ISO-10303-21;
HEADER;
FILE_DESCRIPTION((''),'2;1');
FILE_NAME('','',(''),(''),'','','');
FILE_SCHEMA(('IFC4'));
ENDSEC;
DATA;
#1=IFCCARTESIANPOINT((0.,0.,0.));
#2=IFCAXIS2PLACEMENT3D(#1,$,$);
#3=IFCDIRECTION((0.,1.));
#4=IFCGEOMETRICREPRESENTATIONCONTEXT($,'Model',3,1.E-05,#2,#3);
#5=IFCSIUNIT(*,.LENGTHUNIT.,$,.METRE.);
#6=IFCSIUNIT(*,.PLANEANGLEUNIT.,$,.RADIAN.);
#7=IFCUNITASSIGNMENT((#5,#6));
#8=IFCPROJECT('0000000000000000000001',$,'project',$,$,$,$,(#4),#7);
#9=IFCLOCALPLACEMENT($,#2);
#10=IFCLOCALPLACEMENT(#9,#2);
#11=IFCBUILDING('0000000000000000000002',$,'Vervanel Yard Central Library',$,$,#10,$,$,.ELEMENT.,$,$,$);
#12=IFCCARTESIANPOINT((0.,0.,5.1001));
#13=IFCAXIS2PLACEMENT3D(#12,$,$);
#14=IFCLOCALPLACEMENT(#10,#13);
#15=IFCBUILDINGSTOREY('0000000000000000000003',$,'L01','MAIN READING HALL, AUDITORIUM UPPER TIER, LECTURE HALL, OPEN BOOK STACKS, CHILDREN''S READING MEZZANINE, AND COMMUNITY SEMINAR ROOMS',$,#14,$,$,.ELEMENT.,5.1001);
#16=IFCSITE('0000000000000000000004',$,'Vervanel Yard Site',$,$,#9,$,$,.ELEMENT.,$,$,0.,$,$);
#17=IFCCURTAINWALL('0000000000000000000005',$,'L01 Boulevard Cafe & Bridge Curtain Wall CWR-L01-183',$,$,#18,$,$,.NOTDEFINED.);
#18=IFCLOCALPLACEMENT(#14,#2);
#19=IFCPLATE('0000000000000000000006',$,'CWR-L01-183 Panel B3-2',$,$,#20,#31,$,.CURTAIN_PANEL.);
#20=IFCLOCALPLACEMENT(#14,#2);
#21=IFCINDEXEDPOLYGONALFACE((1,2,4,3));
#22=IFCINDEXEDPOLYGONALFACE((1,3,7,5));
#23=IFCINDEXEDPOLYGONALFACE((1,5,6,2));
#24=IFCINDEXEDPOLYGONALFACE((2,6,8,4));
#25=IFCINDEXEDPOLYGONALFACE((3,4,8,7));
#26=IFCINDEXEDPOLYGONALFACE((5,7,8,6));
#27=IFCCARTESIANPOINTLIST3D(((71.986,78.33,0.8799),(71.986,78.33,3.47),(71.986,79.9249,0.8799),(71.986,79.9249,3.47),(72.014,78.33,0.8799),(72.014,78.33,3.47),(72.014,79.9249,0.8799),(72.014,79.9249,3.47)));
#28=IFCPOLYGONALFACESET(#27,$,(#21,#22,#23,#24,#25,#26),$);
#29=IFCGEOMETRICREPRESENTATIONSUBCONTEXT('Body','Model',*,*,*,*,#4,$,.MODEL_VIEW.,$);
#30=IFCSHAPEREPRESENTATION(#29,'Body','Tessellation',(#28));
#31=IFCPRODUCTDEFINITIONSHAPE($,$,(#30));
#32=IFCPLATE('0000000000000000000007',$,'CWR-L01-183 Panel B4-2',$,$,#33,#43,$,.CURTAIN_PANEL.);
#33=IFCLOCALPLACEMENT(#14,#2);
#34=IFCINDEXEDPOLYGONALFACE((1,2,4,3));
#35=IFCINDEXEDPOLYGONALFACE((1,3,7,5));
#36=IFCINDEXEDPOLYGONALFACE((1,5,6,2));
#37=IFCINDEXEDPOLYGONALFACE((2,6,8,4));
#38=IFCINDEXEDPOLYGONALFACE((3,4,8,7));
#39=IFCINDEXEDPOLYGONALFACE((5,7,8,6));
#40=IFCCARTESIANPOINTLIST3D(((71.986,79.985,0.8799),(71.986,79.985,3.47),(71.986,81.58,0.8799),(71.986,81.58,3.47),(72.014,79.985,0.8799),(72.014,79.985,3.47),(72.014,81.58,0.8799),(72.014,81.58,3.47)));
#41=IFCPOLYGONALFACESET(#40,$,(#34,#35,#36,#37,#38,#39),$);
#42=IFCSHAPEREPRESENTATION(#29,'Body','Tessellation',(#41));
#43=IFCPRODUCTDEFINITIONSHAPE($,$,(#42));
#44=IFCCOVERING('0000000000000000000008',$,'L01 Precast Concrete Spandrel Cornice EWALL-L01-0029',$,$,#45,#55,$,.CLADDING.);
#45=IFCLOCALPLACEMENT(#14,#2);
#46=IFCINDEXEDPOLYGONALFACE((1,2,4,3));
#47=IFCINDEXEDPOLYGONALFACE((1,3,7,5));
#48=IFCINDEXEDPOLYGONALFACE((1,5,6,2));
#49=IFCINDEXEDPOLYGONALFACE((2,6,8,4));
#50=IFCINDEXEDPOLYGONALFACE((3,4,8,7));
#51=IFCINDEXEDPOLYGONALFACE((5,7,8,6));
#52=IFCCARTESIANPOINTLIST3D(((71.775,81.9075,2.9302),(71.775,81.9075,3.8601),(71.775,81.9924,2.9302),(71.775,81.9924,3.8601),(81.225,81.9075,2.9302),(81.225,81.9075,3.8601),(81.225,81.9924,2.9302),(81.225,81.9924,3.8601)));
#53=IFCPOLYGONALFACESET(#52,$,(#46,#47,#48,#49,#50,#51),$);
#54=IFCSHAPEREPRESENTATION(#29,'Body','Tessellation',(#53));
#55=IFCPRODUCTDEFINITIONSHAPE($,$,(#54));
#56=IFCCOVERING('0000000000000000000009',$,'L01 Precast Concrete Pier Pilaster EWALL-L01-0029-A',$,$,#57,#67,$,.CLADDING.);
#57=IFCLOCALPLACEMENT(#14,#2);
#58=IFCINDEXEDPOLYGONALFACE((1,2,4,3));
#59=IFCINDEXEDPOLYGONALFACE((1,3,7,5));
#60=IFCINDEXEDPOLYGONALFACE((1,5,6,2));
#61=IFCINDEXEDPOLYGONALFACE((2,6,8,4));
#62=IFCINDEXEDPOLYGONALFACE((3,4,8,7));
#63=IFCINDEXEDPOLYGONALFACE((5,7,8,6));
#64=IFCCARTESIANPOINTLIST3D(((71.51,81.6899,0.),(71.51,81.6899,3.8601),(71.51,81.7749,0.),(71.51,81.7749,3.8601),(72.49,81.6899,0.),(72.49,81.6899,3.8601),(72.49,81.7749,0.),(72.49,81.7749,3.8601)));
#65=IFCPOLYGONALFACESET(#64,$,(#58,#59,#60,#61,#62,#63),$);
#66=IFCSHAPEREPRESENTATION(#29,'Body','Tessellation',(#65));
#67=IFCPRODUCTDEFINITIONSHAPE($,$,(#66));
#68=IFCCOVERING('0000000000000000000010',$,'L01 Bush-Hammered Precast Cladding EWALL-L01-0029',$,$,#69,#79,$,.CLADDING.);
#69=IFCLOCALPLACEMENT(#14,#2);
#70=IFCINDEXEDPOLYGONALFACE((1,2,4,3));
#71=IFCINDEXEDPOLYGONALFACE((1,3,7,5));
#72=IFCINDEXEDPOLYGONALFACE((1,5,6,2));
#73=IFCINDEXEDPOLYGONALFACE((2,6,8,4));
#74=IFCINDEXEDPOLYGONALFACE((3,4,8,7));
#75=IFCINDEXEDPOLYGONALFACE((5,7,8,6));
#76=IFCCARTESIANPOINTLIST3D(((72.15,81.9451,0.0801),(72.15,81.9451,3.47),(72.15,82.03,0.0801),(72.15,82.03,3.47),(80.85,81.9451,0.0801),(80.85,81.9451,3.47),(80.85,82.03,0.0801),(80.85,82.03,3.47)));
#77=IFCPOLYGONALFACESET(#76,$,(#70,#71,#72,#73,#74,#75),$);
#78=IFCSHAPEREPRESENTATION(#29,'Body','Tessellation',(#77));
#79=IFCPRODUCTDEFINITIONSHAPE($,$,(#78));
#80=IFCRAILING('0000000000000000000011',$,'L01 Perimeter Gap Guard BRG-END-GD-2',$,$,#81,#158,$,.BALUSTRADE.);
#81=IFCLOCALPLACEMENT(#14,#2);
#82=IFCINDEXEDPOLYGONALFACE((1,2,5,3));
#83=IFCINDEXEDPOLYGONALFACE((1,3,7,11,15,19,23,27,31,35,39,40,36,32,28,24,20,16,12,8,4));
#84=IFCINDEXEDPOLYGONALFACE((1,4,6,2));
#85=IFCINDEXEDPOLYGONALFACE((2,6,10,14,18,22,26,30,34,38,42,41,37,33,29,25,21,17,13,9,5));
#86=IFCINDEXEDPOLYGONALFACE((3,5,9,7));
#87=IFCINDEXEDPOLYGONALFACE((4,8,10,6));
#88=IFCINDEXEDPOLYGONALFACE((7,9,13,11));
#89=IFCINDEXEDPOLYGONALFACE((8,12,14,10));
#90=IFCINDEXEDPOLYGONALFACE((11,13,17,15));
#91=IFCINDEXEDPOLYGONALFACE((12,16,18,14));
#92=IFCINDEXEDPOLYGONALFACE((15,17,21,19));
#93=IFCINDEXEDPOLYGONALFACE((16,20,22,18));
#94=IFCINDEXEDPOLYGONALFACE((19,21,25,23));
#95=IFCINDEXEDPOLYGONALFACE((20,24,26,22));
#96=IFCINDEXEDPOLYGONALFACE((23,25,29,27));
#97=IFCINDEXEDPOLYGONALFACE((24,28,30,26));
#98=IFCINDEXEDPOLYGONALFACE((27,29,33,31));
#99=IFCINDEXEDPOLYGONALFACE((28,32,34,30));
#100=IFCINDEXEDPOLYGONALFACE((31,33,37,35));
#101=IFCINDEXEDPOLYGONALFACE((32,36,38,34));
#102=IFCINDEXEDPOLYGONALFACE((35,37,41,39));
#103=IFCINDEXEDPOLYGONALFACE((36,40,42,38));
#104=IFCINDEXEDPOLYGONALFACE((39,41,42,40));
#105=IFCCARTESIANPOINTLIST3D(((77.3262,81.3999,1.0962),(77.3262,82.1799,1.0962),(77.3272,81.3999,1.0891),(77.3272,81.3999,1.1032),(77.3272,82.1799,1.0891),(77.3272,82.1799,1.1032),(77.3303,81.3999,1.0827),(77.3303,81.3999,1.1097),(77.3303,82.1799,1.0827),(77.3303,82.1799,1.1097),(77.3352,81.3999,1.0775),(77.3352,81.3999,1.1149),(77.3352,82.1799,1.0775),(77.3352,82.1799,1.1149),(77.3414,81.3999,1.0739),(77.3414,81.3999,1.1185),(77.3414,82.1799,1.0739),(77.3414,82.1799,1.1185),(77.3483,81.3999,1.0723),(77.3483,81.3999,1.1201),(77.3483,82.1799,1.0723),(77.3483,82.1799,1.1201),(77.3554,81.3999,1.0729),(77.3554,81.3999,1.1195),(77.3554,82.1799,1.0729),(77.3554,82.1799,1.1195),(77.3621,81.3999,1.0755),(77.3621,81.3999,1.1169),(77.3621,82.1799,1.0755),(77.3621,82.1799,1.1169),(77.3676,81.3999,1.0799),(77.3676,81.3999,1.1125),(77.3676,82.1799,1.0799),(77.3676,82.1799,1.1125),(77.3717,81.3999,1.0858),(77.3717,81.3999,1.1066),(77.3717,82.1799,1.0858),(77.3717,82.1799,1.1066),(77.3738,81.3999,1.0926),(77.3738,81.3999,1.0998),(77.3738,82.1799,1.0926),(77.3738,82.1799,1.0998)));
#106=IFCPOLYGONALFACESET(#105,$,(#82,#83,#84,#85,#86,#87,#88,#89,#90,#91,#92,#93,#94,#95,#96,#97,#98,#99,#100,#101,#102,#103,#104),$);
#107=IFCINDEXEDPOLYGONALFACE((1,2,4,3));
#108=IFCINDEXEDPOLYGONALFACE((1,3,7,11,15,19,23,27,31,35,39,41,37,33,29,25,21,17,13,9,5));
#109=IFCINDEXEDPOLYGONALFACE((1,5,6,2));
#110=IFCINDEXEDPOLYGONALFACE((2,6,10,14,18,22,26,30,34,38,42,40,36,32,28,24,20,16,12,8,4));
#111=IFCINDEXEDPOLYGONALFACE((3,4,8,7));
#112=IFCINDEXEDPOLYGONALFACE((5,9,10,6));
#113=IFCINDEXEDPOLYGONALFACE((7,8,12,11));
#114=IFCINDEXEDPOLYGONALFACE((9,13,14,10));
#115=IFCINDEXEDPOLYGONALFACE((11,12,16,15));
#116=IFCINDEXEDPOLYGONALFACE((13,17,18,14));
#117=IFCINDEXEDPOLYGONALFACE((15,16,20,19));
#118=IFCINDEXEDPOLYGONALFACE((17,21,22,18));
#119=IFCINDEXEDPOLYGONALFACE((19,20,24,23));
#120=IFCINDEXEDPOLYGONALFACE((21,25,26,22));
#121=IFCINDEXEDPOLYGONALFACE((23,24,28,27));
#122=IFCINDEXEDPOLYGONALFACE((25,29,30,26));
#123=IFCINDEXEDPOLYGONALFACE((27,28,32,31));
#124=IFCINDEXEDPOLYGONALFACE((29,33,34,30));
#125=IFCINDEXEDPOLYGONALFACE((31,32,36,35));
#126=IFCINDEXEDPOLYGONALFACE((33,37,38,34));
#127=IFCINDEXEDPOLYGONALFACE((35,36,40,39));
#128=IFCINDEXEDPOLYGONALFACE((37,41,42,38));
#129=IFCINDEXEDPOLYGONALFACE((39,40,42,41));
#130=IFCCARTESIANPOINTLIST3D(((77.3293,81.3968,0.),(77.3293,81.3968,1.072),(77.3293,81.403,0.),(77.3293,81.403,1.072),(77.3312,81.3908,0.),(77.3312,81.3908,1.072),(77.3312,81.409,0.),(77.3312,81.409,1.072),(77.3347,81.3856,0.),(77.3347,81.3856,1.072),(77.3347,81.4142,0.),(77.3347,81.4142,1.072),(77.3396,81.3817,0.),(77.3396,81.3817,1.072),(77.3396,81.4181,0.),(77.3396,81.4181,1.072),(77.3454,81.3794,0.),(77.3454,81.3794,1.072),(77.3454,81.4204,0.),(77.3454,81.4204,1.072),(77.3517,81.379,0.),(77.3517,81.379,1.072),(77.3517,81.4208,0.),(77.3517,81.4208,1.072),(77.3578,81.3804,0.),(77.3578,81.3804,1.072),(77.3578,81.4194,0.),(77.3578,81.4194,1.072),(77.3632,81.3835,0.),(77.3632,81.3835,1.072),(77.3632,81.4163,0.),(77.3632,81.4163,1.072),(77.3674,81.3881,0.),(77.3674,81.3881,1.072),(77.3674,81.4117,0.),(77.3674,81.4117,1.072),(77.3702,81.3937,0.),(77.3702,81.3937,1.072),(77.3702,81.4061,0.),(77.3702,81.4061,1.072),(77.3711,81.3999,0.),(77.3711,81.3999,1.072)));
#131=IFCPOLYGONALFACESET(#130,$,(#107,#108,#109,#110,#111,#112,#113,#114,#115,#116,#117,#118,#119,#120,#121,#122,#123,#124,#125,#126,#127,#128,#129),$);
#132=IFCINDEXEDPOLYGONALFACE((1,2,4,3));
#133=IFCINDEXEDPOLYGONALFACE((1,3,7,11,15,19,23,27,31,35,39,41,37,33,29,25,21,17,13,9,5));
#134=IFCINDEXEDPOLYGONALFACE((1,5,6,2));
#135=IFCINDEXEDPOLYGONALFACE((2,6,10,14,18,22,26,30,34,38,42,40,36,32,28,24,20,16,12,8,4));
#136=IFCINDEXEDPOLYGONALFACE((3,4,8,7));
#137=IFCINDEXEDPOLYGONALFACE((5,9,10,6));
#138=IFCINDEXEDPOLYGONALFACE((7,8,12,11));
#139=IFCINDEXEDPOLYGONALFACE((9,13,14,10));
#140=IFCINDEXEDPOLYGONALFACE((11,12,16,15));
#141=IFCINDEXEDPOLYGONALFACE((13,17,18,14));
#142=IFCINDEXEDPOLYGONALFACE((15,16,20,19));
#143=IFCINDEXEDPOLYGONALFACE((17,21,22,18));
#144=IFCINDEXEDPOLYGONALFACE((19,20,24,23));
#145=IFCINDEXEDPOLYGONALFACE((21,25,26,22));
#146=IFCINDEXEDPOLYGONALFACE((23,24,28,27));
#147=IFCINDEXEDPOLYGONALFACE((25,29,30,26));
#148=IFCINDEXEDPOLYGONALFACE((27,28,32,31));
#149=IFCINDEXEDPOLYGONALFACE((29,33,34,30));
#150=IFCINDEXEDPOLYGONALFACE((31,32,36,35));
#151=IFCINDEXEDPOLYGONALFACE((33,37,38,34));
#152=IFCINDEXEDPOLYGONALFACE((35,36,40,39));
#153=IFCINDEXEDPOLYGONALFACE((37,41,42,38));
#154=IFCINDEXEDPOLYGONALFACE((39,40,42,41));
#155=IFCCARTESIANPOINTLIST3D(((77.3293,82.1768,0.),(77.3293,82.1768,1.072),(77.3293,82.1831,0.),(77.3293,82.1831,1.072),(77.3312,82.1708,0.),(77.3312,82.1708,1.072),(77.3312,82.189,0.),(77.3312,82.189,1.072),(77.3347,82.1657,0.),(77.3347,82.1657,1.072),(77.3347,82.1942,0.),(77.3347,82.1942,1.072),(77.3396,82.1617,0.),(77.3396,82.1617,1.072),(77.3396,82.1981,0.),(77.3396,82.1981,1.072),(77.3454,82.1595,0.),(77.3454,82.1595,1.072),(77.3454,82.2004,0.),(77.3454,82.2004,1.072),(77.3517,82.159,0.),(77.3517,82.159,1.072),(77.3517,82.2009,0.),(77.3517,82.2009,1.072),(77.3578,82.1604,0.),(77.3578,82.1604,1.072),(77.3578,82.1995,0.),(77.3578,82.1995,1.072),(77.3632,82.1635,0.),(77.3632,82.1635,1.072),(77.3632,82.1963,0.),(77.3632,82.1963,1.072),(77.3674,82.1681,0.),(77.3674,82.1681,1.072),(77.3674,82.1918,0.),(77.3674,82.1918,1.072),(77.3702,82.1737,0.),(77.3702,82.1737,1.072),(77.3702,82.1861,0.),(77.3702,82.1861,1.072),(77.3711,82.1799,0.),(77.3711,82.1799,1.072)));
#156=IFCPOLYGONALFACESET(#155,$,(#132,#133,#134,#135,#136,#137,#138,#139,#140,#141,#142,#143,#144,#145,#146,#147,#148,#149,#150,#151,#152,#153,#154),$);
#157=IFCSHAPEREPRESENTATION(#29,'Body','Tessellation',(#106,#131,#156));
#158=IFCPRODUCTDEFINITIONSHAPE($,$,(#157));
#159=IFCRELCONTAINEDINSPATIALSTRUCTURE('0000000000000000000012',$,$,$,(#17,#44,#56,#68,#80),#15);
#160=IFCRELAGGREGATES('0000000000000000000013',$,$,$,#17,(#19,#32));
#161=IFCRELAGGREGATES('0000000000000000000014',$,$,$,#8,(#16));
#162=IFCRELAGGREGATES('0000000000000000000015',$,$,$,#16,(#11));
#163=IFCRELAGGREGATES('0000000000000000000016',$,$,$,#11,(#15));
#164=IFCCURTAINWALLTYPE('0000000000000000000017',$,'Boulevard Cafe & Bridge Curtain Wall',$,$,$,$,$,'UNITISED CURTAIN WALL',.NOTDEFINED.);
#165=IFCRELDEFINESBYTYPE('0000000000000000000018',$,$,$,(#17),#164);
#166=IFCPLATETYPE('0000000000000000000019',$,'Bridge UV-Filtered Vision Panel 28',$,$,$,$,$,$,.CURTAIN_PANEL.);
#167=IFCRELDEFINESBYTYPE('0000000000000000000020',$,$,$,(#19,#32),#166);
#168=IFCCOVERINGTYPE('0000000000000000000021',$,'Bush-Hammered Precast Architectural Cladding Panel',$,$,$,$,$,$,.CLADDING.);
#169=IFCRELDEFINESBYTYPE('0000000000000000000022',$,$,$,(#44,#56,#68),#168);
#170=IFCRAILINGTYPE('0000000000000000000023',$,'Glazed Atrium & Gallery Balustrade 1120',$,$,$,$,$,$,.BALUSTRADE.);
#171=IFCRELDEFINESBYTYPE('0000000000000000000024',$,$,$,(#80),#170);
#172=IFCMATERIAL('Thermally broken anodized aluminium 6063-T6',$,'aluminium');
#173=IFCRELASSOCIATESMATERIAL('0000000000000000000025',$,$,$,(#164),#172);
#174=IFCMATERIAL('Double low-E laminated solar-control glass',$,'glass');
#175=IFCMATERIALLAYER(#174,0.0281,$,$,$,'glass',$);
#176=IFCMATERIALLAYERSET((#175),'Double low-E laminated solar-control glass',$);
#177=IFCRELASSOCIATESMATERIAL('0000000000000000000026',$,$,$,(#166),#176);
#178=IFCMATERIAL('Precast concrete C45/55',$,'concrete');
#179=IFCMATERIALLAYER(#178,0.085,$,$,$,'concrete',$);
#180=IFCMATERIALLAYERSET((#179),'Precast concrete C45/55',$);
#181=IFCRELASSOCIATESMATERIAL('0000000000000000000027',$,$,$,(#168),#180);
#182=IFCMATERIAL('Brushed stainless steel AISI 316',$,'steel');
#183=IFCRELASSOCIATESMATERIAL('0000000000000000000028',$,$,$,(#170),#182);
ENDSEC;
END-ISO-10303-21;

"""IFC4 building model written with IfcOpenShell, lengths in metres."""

from ifc_helpers import new_model, si_unit, direction, frame, origin, origin_2d, place, context, subcontext, project, spatial, rectangle, circle, extrude, material, layer, layer_set, type_object, element, aggregate, save


model = new_model("IFC4")

# Units and contexts
model_context = context("Model", 3, precision=1e-05, world=origin(), true_north=direction((0.0, 1.0)))
body_context = subcontext(model_context, "Body", "Model", "MODEL_VIEW")
ifc_project = project(units=[si_unit("LENGTHUNIT", "METRE"), si_unit("PLANEANGLEUNIT", "RADIAN")], contexts=[model_context])

# Site, building, storey
site_placement = place(None, origin())
site = spatial("IfcSite", under=ifc_project, at=site_placement, Name="Vervanel Yard Site", CompositionType="ELEMENT", RefElevation=0.0)
building_placement = place(site_placement, origin())
building = spatial("IfcBuilding", under=site, at=building_placement, Name="Vervanel Yard Central Library", CompositionType="ELEMENT")
storey_placement = place(building_placement, frame((0.0, 0.0, 5.1001)))
storey = spatial("IfcBuildingStorey", under=building, at=storey_placement, Name="L01", Description="MAIN READING HALL, AUDITORIUM UPPER TIER, LECTURE HALL, OPEN BOOK STACKS, CHILDREN'S READING MEZZANINE, AND COMMUNITY SEMINAR ROOMS", CompositionType="ELEMENT", Elevation=5.1001)

# Curtain wall, plates
ifc_material_1 = material(Name="Thermally broken anodized aluminium 6063-T6", Category="aluminium")
curtain_wall_type = type_object("IfcCurtainWallType", Name="Boulevard Cafe & Bridge Curtain Wall", ElementType="UNITISED CURTAIN WALL", PredefinedType="NOTDEFINED", material=ifc_material_1)
curtain_wall_placement = place(storey_placement, origin())
curtain_wall = element("IfcCurtainWall", 1, at=curtain_wall_placement, inside=storey, type_object=curtain_wall_type, Name="L01 Boulevard Cafe & Bridge Curtain Wall CWR-L01-183", PredefinedType="NOTDEFINED")
ifc_material_2 = material(Name="Double low-E laminated solar-control glass", Category="glass")
ifc_layer_1 = layer(ifc_material_2, 0.0281, Category="glass")
ifc_layer_set_1 = layer_set([ifc_layer_1], Name="Double low-E laminated solar-control glass")
plate_type_1 = type_object("IfcPlateType", Name="Bridge UV-Filtered Vision Panel 28", PredefinedType="CURTAIN_PANEL", material=ifc_layer_set_1)
plate_1_placement = place(storey_placement, frame((72.0, 79.1274, 0.8799), z_axis=(0.0, 0.0, 1.0), x_axis=(0.0, 1.0, 0.0)))
plate_1 = element("IfcPlate", 2, at=plate_1_placement, type_object=plate_type_1, Name="CWR-L01-183 Panel B3-2", PredefinedType="CURTAIN_PANEL", context=body_context, shape_type="SweptSolid", body=[
    extrude(rectangle(XDim=1.595, YDim=0.0281, at=origin_2d()), origin(), (0.0, 0.0, 1.0), 2.5901),
])
plate_2_placement = place(storey_placement, frame((72.0, 80.7825, 0.8799), z_axis=(0.0, 0.0, 1.0), x_axis=(0.0, 1.0, 0.0)))
plate_2 = element("IfcPlate", 3, at=plate_2_placement, type_object=plate_type_1, Name="CWR-L01-183 Panel B4-2", PredefinedType="CURTAIN_PANEL", context=body_context, shape_type="SweptSolid", body=[
    extrude(rectangle(XDim=1.595, YDim=0.0281, at=origin_2d()), origin(), (0.0, 0.0, 1.0), 2.5901),
])
aggregate(curtain_wall, [plate_1, plate_2])

# Coverings
ifc_material_3 = material(Name="Precast concrete C45/55", Category="concrete")
ifc_layer_2 = layer(ifc_material_3, 0.085, Category="concrete")
ifc_layer_set_2 = layer_set([ifc_layer_2], Name="Precast concrete C45/55")
covering_type = type_object("IfcCoveringType", Name="Bush-Hammered Precast Architectural Cladding Panel", PredefinedType="CLADDING", material=ifc_layer_set_2)
covering_1_placement = place(storey_placement, frame((76.5, 81.95, 2.9302), z_axis=(0.0, 0.0, 1.0), x_axis=(1.0, 0.0, 0.0)))
element("IfcCovering", 4, at=covering_1_placement, inside=storey, type_object=covering_type, Name="L01 Precast Concrete Spandrel Cornice EWALL-L01-0029", PredefinedType="CLADDING", context=body_context, shape_type="SweptSolid", body=[
    extrude(rectangle(XDim=9.45, YDim=0.085, at=origin_2d()), origin(), (0.0, 0.0, 1.0), 0.9299),
])
covering_2_placement = place(storey_placement, frame((72.0, 81.7324, 0.0), z_axis=(0.0, 0.0, 1.0), x_axis=(1.0, 0.0, 0.0)))
element("IfcCovering", 5, at=covering_2_placement, inside=storey, type_object=covering_type, Name="L01 Precast Concrete Pier Pilaster EWALL-L01-0029-A", PredefinedType="CLADDING", context=body_context, shape_type="SweptSolid", body=[
    extrude(rectangle(XDim=0.98, YDim=0.085, at=origin_2d()), origin(), (0.0, 0.0, 1.0), 3.8601),
])
covering_3_placement = place(storey_placement, frame((76.5, 81.9875, 0.0801), z_axis=(0.0, 0.0, 1.0), x_axis=(1.0, 0.0, 0.0)))
element("IfcCovering", 6, at=covering_3_placement, inside=storey, type_object=covering_type, Name="L01 Bush-Hammered Precast Cladding EWALL-L01-0029", PredefinedType="CLADDING", context=body_context, shape_type="SweptSolid", body=[
    extrude(rectangle(XDim=8.7, YDim=0.085, at=origin_2d()), origin(), (0.0, 0.0, 1.0), 3.3899),
])

# Railing
ifc_material_4 = material(Name="Brushed stainless steel AISI 316", Category="steel")
railing_type = type_object("IfcRailingType", Name="Glazed Atrium & Gallery Balustrade 1120", PredefinedType="BALUSTRADE", material=ifc_material_4)
for number, where, name in (
    (7, (77.3501, 81.3999, 0.0), "L01 Perimeter Gap Guard BRG-END-GD-2"),
):
    element("IfcRailing", number, at=place(storey_placement, frame(where)), inside=storey, type_object=railing_type, Name=name, PredefinedType="BALUSTRADE", context=body_context, shape_type="SweptSolid", body=[
        extrude(circle(Radius=0.0239, at=origin_2d()), frame((0.0, 0.0, 1.0962), z_axis=(0.0, 1.0, 0.0), x_axis=(-1.0, 0.0, 0.0)), (0.0, 0.0, 1.0), 0.78),
        extrude(circle(Radius=0.021, at=origin_2d()), origin(), (0.0, 0.0, 1.0), 1.072),
        extrude(circle(Radius=0.021, at=origin_2d()), frame((0.0, 0.78, 0.0)), (0.0, 0.0, 1.0), 1.072),
    ])

save(model, "model.ifc")
